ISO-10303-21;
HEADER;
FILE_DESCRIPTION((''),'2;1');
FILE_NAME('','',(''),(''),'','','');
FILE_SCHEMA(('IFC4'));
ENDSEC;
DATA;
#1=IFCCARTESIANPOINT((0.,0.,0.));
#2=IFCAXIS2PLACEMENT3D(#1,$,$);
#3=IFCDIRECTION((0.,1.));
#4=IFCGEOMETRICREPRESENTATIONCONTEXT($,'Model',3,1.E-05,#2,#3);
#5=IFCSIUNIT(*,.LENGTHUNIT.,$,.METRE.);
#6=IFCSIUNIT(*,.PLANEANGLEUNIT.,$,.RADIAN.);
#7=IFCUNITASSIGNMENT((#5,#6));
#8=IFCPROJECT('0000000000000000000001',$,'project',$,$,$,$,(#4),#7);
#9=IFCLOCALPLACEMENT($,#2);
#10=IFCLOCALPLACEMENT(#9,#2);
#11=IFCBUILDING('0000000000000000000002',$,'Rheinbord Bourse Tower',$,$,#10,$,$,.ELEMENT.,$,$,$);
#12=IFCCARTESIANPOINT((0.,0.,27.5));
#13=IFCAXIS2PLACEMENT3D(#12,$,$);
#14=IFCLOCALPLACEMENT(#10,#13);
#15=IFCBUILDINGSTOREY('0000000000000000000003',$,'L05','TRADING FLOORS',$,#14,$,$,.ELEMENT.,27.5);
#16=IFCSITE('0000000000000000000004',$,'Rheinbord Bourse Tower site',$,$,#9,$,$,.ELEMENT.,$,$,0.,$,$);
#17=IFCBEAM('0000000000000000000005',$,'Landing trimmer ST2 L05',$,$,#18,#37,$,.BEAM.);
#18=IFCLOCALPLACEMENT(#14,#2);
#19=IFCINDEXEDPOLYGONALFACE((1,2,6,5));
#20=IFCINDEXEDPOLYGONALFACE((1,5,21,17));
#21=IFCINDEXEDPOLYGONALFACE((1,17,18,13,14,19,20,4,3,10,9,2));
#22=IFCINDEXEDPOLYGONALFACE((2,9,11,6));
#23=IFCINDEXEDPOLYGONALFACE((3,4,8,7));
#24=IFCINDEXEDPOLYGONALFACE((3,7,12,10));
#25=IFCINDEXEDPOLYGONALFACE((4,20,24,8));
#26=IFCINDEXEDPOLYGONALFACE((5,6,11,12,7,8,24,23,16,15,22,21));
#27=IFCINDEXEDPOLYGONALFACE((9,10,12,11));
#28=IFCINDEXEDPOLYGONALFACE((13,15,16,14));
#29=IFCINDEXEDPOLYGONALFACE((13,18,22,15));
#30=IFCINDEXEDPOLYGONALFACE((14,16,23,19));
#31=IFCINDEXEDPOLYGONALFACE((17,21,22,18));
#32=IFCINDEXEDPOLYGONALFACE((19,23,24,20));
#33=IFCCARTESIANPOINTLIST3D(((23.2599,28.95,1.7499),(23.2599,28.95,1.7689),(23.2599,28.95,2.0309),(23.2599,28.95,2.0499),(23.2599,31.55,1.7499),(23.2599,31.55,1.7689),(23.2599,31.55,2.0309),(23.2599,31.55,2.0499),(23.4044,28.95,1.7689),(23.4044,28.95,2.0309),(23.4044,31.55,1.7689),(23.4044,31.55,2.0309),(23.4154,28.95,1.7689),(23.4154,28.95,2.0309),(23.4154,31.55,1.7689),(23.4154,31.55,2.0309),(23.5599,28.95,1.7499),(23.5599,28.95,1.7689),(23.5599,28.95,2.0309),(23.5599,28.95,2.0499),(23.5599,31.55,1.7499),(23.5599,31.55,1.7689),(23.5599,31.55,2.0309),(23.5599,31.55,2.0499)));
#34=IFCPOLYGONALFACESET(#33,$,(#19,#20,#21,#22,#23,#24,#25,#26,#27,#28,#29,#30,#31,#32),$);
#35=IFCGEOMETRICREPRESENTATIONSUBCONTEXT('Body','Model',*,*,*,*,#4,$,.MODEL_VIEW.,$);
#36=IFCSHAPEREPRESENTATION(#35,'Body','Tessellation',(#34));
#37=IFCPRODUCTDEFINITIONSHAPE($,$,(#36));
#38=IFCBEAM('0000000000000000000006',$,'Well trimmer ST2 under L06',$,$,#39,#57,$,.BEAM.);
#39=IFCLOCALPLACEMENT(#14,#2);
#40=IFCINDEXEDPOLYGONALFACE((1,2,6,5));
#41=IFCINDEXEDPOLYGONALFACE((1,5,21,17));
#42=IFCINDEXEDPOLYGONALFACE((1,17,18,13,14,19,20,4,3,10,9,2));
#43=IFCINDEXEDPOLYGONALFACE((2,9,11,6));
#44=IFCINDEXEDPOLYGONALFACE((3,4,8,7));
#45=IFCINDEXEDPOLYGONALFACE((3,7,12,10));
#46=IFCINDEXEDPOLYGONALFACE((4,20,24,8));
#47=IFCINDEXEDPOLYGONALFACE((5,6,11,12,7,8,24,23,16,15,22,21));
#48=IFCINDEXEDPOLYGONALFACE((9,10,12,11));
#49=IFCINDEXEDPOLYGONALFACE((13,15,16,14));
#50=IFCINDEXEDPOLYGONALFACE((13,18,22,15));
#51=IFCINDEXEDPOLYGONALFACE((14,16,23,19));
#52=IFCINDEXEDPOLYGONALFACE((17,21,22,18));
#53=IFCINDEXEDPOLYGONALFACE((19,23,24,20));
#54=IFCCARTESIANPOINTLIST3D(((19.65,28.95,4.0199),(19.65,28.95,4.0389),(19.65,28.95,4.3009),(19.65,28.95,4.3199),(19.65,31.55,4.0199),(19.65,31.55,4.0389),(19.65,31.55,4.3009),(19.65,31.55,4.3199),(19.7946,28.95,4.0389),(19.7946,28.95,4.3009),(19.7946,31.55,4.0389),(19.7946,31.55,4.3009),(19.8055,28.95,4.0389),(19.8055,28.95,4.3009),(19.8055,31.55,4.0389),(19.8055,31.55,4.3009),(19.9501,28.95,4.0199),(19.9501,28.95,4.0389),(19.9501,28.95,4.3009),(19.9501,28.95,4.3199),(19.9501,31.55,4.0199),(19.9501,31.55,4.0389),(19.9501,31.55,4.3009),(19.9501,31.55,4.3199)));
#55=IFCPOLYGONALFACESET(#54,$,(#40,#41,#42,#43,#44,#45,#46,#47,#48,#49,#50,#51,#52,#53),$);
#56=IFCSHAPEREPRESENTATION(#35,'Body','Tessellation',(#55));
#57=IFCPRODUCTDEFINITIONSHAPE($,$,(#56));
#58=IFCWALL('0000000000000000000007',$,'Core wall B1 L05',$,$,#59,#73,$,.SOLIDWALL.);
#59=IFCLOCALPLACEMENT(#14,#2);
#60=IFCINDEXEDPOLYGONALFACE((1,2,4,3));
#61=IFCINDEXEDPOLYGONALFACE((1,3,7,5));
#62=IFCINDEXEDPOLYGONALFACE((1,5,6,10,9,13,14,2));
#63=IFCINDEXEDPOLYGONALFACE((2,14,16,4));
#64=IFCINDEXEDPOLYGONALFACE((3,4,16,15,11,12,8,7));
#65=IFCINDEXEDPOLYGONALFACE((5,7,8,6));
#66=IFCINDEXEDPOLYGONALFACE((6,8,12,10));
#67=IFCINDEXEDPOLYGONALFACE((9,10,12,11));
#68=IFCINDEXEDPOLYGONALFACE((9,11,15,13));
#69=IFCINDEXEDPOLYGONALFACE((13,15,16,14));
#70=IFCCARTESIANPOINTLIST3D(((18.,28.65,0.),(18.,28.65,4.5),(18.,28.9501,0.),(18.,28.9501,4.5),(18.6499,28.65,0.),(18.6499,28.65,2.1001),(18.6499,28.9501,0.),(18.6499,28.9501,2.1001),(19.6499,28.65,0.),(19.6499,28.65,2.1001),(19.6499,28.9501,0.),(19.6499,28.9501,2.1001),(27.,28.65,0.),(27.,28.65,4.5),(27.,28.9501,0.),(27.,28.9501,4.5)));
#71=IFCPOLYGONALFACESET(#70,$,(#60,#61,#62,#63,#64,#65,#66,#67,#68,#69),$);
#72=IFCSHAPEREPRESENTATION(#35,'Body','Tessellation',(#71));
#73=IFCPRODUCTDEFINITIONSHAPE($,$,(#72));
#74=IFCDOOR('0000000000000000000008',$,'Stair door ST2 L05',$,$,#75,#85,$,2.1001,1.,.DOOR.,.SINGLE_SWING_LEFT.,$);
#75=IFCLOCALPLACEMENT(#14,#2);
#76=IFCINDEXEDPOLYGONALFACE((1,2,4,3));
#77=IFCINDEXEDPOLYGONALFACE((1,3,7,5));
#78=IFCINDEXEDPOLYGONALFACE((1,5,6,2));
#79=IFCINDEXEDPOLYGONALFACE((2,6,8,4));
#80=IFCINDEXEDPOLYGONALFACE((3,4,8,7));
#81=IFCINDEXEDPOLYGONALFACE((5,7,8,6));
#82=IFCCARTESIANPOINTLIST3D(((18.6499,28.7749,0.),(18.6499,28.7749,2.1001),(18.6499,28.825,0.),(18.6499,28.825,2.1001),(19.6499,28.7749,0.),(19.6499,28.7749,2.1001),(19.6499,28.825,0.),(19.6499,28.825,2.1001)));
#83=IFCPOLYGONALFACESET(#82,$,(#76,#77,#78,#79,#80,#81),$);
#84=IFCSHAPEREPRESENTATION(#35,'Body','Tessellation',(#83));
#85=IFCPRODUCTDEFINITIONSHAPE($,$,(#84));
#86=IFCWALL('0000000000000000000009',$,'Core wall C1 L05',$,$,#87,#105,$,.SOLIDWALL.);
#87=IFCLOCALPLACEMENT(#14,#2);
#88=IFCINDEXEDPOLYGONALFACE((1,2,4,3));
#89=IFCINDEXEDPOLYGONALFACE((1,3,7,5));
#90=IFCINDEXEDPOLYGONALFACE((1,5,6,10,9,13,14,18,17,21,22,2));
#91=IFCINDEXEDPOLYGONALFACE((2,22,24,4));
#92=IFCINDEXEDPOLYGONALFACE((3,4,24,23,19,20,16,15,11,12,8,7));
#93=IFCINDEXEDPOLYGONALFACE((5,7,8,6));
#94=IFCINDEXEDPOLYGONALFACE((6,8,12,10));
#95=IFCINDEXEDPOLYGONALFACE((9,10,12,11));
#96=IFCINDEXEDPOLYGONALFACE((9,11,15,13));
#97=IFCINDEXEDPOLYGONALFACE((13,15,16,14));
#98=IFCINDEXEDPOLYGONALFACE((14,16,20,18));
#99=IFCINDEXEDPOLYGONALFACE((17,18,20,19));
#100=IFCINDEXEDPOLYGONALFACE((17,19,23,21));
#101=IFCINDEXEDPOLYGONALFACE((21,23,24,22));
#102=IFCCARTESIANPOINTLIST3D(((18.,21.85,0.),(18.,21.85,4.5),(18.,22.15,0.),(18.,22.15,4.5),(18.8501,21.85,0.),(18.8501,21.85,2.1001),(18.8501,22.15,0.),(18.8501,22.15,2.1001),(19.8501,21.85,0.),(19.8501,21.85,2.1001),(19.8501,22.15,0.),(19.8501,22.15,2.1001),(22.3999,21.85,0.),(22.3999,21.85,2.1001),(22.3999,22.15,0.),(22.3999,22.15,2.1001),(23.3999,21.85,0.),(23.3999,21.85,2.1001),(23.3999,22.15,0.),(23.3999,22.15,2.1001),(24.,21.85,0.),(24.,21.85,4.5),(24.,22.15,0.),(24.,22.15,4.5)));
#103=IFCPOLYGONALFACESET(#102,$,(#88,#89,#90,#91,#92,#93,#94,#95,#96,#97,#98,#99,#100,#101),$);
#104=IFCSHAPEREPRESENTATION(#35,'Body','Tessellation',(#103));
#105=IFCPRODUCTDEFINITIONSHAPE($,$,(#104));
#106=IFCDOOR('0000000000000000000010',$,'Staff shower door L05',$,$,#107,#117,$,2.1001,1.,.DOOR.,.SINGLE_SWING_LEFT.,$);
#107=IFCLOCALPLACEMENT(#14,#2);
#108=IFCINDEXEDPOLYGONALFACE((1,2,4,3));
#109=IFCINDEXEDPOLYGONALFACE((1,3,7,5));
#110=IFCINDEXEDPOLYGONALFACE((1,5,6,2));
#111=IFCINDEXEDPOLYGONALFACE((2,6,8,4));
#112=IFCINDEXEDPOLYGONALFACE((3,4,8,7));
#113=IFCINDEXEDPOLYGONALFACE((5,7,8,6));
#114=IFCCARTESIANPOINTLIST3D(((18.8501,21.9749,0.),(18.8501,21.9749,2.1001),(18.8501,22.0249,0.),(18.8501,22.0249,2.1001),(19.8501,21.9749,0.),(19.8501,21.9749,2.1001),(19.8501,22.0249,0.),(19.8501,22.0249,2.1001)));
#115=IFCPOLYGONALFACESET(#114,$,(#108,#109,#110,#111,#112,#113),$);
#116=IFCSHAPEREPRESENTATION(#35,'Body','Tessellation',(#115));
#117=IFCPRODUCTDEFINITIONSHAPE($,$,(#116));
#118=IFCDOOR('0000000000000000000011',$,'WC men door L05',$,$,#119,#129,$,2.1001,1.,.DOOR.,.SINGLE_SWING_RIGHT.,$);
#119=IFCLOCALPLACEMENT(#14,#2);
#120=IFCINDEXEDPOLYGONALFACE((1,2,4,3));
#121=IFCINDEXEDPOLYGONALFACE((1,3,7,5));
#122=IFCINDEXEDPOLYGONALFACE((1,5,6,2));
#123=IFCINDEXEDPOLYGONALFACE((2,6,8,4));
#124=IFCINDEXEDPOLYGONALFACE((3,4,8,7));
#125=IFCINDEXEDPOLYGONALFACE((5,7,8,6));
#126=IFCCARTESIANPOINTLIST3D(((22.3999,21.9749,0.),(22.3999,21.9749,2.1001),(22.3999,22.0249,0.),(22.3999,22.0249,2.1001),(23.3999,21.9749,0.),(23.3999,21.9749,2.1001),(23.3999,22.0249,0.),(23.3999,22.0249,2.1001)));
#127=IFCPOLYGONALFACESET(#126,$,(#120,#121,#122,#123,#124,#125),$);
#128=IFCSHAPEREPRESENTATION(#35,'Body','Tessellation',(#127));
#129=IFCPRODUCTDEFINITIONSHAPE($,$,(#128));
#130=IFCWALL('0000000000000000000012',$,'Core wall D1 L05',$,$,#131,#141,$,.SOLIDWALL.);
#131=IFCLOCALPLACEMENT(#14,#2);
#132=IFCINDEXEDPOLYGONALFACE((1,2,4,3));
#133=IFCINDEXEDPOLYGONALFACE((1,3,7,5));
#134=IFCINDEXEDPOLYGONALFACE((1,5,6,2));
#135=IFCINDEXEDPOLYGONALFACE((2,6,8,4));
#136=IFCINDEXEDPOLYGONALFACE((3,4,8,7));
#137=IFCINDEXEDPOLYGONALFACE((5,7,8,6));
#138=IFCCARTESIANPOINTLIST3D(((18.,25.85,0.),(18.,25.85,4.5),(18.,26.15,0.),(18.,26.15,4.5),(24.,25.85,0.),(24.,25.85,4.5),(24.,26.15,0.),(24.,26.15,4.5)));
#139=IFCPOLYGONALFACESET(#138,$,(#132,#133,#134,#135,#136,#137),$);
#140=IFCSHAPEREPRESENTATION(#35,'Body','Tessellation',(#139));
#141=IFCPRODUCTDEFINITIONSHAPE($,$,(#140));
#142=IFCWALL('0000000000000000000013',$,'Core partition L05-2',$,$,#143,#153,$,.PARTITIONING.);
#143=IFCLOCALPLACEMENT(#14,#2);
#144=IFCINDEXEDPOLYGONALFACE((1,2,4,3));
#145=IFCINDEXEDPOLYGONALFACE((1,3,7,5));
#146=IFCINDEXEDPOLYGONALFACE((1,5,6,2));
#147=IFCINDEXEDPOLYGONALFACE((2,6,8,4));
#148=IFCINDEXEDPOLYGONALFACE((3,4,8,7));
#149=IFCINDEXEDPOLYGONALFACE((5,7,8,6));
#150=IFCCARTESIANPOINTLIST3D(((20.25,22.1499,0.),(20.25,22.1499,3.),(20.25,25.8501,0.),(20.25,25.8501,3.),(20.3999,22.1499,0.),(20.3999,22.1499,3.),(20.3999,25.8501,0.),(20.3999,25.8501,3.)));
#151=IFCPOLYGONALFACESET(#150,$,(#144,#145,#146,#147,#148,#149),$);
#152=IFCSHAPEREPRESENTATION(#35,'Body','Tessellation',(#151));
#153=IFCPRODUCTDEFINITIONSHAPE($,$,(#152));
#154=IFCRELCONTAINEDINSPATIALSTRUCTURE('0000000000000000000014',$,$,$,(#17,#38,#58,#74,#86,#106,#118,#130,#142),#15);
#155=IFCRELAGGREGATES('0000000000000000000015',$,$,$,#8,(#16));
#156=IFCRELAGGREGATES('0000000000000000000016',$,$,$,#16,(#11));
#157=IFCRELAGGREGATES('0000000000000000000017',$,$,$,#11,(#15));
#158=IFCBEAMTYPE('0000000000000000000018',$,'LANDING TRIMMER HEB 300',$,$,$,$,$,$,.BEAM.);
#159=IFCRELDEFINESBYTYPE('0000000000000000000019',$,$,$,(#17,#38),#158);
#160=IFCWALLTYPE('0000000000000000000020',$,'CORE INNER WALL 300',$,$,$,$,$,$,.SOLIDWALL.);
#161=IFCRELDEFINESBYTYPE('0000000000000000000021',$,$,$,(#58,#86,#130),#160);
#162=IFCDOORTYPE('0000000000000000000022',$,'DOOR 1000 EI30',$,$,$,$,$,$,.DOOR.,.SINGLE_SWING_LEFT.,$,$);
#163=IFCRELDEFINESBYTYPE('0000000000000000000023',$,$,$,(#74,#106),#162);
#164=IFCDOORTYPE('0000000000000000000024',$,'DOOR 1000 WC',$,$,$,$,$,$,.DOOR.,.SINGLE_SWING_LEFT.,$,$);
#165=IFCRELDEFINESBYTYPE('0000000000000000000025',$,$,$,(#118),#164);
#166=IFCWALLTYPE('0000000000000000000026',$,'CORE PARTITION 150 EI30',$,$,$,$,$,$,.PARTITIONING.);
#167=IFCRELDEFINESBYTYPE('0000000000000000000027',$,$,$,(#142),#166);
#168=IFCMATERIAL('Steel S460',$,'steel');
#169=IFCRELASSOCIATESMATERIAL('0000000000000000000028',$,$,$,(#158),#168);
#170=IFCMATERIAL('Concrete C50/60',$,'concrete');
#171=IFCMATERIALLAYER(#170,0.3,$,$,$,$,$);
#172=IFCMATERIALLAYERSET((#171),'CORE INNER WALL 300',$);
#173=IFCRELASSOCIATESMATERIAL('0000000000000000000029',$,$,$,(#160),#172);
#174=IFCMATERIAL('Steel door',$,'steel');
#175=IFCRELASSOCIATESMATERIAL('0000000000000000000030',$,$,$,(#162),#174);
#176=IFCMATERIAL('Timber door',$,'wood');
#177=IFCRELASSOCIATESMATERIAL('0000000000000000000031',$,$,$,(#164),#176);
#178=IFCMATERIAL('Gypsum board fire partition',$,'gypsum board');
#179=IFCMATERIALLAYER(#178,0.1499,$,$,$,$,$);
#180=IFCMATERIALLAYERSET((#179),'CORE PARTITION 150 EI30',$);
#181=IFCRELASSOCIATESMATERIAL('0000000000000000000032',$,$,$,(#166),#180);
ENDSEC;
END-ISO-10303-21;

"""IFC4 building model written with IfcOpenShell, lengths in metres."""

from ifc_helpers import new_model, si_unit, direction, frame, frame_2d, origin, origin_2d, place, context, subcontext, project, spatial, rectangle, i_section, extrude, material, layer, layer_set, material_profile, profile_set, type_object, element, fill, save


model = new_model("IFC4")

# Units and contexts
model_context = context("Model", 3, precision=1e-05, world=origin(), true_north=direction((0.0, 1.0)))
body_context = subcontext(model_context, "Body", "Model", "MODEL_VIEW")
ifc_project = project(units=[si_unit("LENGTHUNIT", "METRE"), si_unit("PLANEANGLEUNIT", "RADIAN")], contexts=[model_context])

# Site, building, storey
site_placement = place(None, origin())
site = spatial("IfcSite", under=ifc_project, at=site_placement, Name="Rheinbord Bourse Tower site", CompositionType="ELEMENT", RefElevation=0.0)
building_placement = place(site_placement, origin())
building = spatial("IfcBuilding", under=site, at=building_placement, Name="Rheinbord Bourse Tower", CompositionType="ELEMENT")
storey_placement = place(building_placement, frame((0.0, 0.0, 27.5)))
storey = spatial("IfcBuildingStorey", under=building, at=storey_placement, Name="L05", Description="TRADING FLOORS", CompositionType="ELEMENT", Elevation=27.5)

# Beams
ifc_material_1 = material(Name="Steel S460", Category="steel")
ifc_material_profile = material_profile(ifc_material_1, i_section(OverallWidth=0.3, OverallDepth=0.3, WebThickness=0.011, FlangeThickness=0.019, at=origin_2d()), Name="HEB 300")
ifc_profile_set = profile_set([ifc_material_profile], Name="Steel S460")
beam_type = type_object("IfcBeamType", Name="LANDING TRIMMER HEB 300", PredefinedType="BEAM", material=ifc_profile_set)
for number, where, z_axis, x_axis, name in (
    (1, (23.4099, 28.95, 1.8999), (0.0, 1.0, 0.0), (-1.0, 0.0, 0.0), "Landing trimmer ST2 L05"),
    (2, (19.8, 28.95, 4.1699), (0.0, 1.0, 0.0), (-1.0, 0.0, 0.0), "Well trimmer ST2 under L06"),
):
    element("IfcBeam", number, at=place(storey_placement, frame(where, z_axis=z_axis, x_axis=x_axis)), inside=storey, type_object=beam_type, Name=name, PredefinedType="BEAM", context=body_context, shape_type="SweptSolid", body=[
        extrude(i_section(OverallWidth=0.3, OverallDepth=0.3, WebThickness=0.011, FlangeThickness=0.019, at=origin_2d()), origin(), (0.0, 0.0, 1.0), 2.6001),
    ])

# Wall, opening, door
ifc_material_2 = material(Name="Concrete C50/60", Category="concrete")
ifc_layer_1 = layer(ifc_material_2, 0.3)
ifc_layer_set_1 = layer_set([ifc_layer_1], Name="CORE INNER WALL 300")
wall_type_1 = type_object("IfcWallType", Name="CORE INNER WALL 300", PredefinedType="SOLIDWALL", material=ifc_layer_set_1)
wall_1_placement = place(storey_placement, frame((18.0, 28.8, 0.0), z_axis=(0.0, 0.0, 1.0), x_axis=(1.0, 0.0, 0.0)))
wall_1 = element("IfcWall", 3, at=wall_1_placement, inside=storey, type_object=wall_type_1, Name="Core wall B1 L05", PredefinedType="SOLIDWALL", context=body_context, shape_type="SweptSolid", body=[
    extrude(rectangle(XDim=9.0, YDim=0.3, at=frame_2d((4.5, 0.0))), origin(), (0.0, 0.0, 1.0), 4.5),
])
opening_1_placement = place(wall_1_placement, frame((0.6499, 0.0, 0.0)))
opening_1 = element("IfcOpeningElement", 4, at=opening_1_placement, cuts=wall_1, PredefinedType="OPENING", context=body_context, shape_type="SweptSolid", body=[
    extrude(rectangle(XDim=1.0, YDim=2.1001, at=frame_2d((0.5, 1.05))), frame((0.0, 0.1599, 0.0), z_axis=(0.0, -1.0, 0.0), x_axis=(1.0, 0.0, 0.0)), (0.0, 0.0, 1.0), 0.3201),
])
ifc_material_3 = material(Name="Steel door", Category="steel")
door_type_1 = type_object("IfcDoorType", Name="DOOR 1000 EI30", OperationType="SINGLE_SWING_LEFT", PredefinedType="DOOR", material=ifc_material_3)
door_1_placement = place(opening_1_placement, origin())
door_1 = element("IfcDoor", 5, at=door_1_placement, inside=storey, type_object=door_type_1, Name="Stair door ST2 L05", OperationType="SINGLE_SWING_LEFT", OverallHeight=2.1001, OverallWidth=1.0, PredefinedType="DOOR", context=body_context, shape_type="SweptSolid", body=[
    extrude(rectangle(XDim=1.0, YDim=2.1001, at=frame_2d((0.5, 1.05))), frame((0.0, 0.0249, 0.0), z_axis=(0.0, -1.0, 0.0), x_axis=(1.0, 0.0, 0.0)), (0.0, 0.0, 1.0), 0.05),
])
fill(opening_1, door_1)

# Wall, openings, doors
wall_2_placement = place(storey_placement, frame((18.0, 22.0, 0.0), z_axis=(0.0, 0.0, 1.0), x_axis=(1.0, 0.0, 0.0)))
wall_2 = element("IfcWall", 6, at=wall_2_placement, inside=storey, type_object=wall_type_1, Name="Core wall C1 L05", PredefinedType="SOLIDWALL", context=body_context, shape_type="SweptSolid", body=[
    extrude(rectangle(XDim=6.0, YDim=0.3, at=frame_2d((3.0, 0.0))), origin(), (0.0, 0.0, 1.0), 4.5),
])
opening_2_placement = place(wall_2_placement, frame((4.3999, 0.0, 0.0)))
opening_2 = element("IfcOpeningElement", 7, at=opening_2_placement, cuts=wall_2, PredefinedType="OPENING", context=body_context, shape_type="SweptSolid", body=[
    extrude(rectangle(XDim=1.0, YDim=2.1001, at=frame_2d((0.5, 1.05))), frame((0.0, 0.1599, 0.0), z_axis=(0.0, -1.0, 0.0), x_axis=(1.0, 0.0, 0.0)), (0.0, 0.0, 1.0), 0.3201),
])
opening_3_placement = place(wall_2_placement, frame((0.8501, 0.0, 0.0)))
opening_3 = element("IfcOpeningElement", 8, at=opening_3_placement, cuts=wall_2, PredefinedType="OPENING", context=body_context, shape_type="SweptSolid", body=[
    extrude(rectangle(XDim=1.0, YDim=2.1001, at=frame_2d((0.5, 1.05))), frame((0.0, 0.1599, 0.0), z_axis=(0.0, -1.0, 0.0), x_axis=(1.0, 0.0, 0.0)), (0.0, 0.0, 1.0), 0.3201),
])
door_2_placement = place(opening_3_placement, origin())
door_2 = element("IfcDoor", 9, at=door_2_placement, inside=storey, type_object=door_type_1, Name="Staff shower door L05", OperationType="SINGLE_SWING_LEFT", OverallHeight=2.1001, OverallWidth=1.0, PredefinedType="DOOR", context=body_context, shape_type="SweptSolid", body=[
    extrude(rectangle(XDim=1.0, YDim=2.1001, at=frame_2d((0.5, 1.05))), frame((0.0, 0.0249, 0.0), z_axis=(0.0, -1.0, 0.0), x_axis=(1.0, 0.0, 0.0)), (0.0, 0.0, 1.0), 0.05),
])
fill(opening_3, door_2)
ifc_material_4 = material(Name="Timber door", Category="wood")
door_type_2 = type_object("IfcDoorType", Name="DOOR 1000 WC", OperationType="SINGLE_SWING_LEFT", PredefinedType="DOOR", material=ifc_material_4)
door_3_placement = place(opening_2_placement, origin())
door_3 = element("IfcDoor", 10, at=door_3_placement, inside=storey, type_object=door_type_2, Name="WC men door L05", OperationType="SINGLE_SWING_RIGHT", OverallHeight=2.1001, OverallWidth=1.0, PredefinedType="DOOR", context=body_context, shape_type="SweptSolid", body=[
    extrude(rectangle(XDim=1.0, YDim=2.1001, at=frame_2d((0.5, 1.05))), frame((0.0, 0.0249, 0.0), z_axis=(0.0, -1.0, 0.0), x_axis=(1.0, 0.0, 0.0)), (0.0, 0.0, 1.0), 0.05),
])
fill(opening_2, door_3)

# Walls
wall_3_placement = place(storey_placement, frame((18.0, 26.0, 0.0), z_axis=(0.0, 0.0, 1.0), x_axis=(1.0, 0.0, 0.0)))
element("IfcWall", 11, at=wall_3_placement, inside=storey, type_object=wall_type_1, Name="Core wall D1 L05", PredefinedType="SOLIDWALL", context=body_context, shape_type="SweptSolid", body=[
    extrude(rectangle(XDim=6.0, YDim=0.3, at=frame_2d((3.0, 0.0))), origin(), (0.0, 0.0, 1.0), 4.5),
])
ifc_material_5 = material(Name="Gypsum board fire partition", Category="gypsum board")
ifc_layer_2 = layer(ifc_material_5, 0.1499)
ifc_layer_set_2 = layer_set([ifc_layer_2], Name="CORE PARTITION 150 EI30")
wall_type_2 = type_object("IfcWallType", Name="CORE PARTITION 150 EI30", PredefinedType="PARTITIONING", material=ifc_layer_set_2)
wall_4_placement = place(storey_placement, frame((20.325, 22.1499, 0.0), z_axis=(0.0, 0.0, 1.0), x_axis=(0.0, 1.0, 0.0)))
element("IfcWall", 12, at=wall_4_placement, inside=storey, type_object=wall_type_2, Name="Core partition L05-2", PredefinedType="PARTITIONING", context=body_context, shape_type="SweptSolid", body=[
    extrude(rectangle(XDim=3.7002, YDim=0.1499, at=frame_2d((1.8501, 0.0))), origin(), (0.0, 0.0, 1.0), 3.0),
])

save(model, "model.ifc")
